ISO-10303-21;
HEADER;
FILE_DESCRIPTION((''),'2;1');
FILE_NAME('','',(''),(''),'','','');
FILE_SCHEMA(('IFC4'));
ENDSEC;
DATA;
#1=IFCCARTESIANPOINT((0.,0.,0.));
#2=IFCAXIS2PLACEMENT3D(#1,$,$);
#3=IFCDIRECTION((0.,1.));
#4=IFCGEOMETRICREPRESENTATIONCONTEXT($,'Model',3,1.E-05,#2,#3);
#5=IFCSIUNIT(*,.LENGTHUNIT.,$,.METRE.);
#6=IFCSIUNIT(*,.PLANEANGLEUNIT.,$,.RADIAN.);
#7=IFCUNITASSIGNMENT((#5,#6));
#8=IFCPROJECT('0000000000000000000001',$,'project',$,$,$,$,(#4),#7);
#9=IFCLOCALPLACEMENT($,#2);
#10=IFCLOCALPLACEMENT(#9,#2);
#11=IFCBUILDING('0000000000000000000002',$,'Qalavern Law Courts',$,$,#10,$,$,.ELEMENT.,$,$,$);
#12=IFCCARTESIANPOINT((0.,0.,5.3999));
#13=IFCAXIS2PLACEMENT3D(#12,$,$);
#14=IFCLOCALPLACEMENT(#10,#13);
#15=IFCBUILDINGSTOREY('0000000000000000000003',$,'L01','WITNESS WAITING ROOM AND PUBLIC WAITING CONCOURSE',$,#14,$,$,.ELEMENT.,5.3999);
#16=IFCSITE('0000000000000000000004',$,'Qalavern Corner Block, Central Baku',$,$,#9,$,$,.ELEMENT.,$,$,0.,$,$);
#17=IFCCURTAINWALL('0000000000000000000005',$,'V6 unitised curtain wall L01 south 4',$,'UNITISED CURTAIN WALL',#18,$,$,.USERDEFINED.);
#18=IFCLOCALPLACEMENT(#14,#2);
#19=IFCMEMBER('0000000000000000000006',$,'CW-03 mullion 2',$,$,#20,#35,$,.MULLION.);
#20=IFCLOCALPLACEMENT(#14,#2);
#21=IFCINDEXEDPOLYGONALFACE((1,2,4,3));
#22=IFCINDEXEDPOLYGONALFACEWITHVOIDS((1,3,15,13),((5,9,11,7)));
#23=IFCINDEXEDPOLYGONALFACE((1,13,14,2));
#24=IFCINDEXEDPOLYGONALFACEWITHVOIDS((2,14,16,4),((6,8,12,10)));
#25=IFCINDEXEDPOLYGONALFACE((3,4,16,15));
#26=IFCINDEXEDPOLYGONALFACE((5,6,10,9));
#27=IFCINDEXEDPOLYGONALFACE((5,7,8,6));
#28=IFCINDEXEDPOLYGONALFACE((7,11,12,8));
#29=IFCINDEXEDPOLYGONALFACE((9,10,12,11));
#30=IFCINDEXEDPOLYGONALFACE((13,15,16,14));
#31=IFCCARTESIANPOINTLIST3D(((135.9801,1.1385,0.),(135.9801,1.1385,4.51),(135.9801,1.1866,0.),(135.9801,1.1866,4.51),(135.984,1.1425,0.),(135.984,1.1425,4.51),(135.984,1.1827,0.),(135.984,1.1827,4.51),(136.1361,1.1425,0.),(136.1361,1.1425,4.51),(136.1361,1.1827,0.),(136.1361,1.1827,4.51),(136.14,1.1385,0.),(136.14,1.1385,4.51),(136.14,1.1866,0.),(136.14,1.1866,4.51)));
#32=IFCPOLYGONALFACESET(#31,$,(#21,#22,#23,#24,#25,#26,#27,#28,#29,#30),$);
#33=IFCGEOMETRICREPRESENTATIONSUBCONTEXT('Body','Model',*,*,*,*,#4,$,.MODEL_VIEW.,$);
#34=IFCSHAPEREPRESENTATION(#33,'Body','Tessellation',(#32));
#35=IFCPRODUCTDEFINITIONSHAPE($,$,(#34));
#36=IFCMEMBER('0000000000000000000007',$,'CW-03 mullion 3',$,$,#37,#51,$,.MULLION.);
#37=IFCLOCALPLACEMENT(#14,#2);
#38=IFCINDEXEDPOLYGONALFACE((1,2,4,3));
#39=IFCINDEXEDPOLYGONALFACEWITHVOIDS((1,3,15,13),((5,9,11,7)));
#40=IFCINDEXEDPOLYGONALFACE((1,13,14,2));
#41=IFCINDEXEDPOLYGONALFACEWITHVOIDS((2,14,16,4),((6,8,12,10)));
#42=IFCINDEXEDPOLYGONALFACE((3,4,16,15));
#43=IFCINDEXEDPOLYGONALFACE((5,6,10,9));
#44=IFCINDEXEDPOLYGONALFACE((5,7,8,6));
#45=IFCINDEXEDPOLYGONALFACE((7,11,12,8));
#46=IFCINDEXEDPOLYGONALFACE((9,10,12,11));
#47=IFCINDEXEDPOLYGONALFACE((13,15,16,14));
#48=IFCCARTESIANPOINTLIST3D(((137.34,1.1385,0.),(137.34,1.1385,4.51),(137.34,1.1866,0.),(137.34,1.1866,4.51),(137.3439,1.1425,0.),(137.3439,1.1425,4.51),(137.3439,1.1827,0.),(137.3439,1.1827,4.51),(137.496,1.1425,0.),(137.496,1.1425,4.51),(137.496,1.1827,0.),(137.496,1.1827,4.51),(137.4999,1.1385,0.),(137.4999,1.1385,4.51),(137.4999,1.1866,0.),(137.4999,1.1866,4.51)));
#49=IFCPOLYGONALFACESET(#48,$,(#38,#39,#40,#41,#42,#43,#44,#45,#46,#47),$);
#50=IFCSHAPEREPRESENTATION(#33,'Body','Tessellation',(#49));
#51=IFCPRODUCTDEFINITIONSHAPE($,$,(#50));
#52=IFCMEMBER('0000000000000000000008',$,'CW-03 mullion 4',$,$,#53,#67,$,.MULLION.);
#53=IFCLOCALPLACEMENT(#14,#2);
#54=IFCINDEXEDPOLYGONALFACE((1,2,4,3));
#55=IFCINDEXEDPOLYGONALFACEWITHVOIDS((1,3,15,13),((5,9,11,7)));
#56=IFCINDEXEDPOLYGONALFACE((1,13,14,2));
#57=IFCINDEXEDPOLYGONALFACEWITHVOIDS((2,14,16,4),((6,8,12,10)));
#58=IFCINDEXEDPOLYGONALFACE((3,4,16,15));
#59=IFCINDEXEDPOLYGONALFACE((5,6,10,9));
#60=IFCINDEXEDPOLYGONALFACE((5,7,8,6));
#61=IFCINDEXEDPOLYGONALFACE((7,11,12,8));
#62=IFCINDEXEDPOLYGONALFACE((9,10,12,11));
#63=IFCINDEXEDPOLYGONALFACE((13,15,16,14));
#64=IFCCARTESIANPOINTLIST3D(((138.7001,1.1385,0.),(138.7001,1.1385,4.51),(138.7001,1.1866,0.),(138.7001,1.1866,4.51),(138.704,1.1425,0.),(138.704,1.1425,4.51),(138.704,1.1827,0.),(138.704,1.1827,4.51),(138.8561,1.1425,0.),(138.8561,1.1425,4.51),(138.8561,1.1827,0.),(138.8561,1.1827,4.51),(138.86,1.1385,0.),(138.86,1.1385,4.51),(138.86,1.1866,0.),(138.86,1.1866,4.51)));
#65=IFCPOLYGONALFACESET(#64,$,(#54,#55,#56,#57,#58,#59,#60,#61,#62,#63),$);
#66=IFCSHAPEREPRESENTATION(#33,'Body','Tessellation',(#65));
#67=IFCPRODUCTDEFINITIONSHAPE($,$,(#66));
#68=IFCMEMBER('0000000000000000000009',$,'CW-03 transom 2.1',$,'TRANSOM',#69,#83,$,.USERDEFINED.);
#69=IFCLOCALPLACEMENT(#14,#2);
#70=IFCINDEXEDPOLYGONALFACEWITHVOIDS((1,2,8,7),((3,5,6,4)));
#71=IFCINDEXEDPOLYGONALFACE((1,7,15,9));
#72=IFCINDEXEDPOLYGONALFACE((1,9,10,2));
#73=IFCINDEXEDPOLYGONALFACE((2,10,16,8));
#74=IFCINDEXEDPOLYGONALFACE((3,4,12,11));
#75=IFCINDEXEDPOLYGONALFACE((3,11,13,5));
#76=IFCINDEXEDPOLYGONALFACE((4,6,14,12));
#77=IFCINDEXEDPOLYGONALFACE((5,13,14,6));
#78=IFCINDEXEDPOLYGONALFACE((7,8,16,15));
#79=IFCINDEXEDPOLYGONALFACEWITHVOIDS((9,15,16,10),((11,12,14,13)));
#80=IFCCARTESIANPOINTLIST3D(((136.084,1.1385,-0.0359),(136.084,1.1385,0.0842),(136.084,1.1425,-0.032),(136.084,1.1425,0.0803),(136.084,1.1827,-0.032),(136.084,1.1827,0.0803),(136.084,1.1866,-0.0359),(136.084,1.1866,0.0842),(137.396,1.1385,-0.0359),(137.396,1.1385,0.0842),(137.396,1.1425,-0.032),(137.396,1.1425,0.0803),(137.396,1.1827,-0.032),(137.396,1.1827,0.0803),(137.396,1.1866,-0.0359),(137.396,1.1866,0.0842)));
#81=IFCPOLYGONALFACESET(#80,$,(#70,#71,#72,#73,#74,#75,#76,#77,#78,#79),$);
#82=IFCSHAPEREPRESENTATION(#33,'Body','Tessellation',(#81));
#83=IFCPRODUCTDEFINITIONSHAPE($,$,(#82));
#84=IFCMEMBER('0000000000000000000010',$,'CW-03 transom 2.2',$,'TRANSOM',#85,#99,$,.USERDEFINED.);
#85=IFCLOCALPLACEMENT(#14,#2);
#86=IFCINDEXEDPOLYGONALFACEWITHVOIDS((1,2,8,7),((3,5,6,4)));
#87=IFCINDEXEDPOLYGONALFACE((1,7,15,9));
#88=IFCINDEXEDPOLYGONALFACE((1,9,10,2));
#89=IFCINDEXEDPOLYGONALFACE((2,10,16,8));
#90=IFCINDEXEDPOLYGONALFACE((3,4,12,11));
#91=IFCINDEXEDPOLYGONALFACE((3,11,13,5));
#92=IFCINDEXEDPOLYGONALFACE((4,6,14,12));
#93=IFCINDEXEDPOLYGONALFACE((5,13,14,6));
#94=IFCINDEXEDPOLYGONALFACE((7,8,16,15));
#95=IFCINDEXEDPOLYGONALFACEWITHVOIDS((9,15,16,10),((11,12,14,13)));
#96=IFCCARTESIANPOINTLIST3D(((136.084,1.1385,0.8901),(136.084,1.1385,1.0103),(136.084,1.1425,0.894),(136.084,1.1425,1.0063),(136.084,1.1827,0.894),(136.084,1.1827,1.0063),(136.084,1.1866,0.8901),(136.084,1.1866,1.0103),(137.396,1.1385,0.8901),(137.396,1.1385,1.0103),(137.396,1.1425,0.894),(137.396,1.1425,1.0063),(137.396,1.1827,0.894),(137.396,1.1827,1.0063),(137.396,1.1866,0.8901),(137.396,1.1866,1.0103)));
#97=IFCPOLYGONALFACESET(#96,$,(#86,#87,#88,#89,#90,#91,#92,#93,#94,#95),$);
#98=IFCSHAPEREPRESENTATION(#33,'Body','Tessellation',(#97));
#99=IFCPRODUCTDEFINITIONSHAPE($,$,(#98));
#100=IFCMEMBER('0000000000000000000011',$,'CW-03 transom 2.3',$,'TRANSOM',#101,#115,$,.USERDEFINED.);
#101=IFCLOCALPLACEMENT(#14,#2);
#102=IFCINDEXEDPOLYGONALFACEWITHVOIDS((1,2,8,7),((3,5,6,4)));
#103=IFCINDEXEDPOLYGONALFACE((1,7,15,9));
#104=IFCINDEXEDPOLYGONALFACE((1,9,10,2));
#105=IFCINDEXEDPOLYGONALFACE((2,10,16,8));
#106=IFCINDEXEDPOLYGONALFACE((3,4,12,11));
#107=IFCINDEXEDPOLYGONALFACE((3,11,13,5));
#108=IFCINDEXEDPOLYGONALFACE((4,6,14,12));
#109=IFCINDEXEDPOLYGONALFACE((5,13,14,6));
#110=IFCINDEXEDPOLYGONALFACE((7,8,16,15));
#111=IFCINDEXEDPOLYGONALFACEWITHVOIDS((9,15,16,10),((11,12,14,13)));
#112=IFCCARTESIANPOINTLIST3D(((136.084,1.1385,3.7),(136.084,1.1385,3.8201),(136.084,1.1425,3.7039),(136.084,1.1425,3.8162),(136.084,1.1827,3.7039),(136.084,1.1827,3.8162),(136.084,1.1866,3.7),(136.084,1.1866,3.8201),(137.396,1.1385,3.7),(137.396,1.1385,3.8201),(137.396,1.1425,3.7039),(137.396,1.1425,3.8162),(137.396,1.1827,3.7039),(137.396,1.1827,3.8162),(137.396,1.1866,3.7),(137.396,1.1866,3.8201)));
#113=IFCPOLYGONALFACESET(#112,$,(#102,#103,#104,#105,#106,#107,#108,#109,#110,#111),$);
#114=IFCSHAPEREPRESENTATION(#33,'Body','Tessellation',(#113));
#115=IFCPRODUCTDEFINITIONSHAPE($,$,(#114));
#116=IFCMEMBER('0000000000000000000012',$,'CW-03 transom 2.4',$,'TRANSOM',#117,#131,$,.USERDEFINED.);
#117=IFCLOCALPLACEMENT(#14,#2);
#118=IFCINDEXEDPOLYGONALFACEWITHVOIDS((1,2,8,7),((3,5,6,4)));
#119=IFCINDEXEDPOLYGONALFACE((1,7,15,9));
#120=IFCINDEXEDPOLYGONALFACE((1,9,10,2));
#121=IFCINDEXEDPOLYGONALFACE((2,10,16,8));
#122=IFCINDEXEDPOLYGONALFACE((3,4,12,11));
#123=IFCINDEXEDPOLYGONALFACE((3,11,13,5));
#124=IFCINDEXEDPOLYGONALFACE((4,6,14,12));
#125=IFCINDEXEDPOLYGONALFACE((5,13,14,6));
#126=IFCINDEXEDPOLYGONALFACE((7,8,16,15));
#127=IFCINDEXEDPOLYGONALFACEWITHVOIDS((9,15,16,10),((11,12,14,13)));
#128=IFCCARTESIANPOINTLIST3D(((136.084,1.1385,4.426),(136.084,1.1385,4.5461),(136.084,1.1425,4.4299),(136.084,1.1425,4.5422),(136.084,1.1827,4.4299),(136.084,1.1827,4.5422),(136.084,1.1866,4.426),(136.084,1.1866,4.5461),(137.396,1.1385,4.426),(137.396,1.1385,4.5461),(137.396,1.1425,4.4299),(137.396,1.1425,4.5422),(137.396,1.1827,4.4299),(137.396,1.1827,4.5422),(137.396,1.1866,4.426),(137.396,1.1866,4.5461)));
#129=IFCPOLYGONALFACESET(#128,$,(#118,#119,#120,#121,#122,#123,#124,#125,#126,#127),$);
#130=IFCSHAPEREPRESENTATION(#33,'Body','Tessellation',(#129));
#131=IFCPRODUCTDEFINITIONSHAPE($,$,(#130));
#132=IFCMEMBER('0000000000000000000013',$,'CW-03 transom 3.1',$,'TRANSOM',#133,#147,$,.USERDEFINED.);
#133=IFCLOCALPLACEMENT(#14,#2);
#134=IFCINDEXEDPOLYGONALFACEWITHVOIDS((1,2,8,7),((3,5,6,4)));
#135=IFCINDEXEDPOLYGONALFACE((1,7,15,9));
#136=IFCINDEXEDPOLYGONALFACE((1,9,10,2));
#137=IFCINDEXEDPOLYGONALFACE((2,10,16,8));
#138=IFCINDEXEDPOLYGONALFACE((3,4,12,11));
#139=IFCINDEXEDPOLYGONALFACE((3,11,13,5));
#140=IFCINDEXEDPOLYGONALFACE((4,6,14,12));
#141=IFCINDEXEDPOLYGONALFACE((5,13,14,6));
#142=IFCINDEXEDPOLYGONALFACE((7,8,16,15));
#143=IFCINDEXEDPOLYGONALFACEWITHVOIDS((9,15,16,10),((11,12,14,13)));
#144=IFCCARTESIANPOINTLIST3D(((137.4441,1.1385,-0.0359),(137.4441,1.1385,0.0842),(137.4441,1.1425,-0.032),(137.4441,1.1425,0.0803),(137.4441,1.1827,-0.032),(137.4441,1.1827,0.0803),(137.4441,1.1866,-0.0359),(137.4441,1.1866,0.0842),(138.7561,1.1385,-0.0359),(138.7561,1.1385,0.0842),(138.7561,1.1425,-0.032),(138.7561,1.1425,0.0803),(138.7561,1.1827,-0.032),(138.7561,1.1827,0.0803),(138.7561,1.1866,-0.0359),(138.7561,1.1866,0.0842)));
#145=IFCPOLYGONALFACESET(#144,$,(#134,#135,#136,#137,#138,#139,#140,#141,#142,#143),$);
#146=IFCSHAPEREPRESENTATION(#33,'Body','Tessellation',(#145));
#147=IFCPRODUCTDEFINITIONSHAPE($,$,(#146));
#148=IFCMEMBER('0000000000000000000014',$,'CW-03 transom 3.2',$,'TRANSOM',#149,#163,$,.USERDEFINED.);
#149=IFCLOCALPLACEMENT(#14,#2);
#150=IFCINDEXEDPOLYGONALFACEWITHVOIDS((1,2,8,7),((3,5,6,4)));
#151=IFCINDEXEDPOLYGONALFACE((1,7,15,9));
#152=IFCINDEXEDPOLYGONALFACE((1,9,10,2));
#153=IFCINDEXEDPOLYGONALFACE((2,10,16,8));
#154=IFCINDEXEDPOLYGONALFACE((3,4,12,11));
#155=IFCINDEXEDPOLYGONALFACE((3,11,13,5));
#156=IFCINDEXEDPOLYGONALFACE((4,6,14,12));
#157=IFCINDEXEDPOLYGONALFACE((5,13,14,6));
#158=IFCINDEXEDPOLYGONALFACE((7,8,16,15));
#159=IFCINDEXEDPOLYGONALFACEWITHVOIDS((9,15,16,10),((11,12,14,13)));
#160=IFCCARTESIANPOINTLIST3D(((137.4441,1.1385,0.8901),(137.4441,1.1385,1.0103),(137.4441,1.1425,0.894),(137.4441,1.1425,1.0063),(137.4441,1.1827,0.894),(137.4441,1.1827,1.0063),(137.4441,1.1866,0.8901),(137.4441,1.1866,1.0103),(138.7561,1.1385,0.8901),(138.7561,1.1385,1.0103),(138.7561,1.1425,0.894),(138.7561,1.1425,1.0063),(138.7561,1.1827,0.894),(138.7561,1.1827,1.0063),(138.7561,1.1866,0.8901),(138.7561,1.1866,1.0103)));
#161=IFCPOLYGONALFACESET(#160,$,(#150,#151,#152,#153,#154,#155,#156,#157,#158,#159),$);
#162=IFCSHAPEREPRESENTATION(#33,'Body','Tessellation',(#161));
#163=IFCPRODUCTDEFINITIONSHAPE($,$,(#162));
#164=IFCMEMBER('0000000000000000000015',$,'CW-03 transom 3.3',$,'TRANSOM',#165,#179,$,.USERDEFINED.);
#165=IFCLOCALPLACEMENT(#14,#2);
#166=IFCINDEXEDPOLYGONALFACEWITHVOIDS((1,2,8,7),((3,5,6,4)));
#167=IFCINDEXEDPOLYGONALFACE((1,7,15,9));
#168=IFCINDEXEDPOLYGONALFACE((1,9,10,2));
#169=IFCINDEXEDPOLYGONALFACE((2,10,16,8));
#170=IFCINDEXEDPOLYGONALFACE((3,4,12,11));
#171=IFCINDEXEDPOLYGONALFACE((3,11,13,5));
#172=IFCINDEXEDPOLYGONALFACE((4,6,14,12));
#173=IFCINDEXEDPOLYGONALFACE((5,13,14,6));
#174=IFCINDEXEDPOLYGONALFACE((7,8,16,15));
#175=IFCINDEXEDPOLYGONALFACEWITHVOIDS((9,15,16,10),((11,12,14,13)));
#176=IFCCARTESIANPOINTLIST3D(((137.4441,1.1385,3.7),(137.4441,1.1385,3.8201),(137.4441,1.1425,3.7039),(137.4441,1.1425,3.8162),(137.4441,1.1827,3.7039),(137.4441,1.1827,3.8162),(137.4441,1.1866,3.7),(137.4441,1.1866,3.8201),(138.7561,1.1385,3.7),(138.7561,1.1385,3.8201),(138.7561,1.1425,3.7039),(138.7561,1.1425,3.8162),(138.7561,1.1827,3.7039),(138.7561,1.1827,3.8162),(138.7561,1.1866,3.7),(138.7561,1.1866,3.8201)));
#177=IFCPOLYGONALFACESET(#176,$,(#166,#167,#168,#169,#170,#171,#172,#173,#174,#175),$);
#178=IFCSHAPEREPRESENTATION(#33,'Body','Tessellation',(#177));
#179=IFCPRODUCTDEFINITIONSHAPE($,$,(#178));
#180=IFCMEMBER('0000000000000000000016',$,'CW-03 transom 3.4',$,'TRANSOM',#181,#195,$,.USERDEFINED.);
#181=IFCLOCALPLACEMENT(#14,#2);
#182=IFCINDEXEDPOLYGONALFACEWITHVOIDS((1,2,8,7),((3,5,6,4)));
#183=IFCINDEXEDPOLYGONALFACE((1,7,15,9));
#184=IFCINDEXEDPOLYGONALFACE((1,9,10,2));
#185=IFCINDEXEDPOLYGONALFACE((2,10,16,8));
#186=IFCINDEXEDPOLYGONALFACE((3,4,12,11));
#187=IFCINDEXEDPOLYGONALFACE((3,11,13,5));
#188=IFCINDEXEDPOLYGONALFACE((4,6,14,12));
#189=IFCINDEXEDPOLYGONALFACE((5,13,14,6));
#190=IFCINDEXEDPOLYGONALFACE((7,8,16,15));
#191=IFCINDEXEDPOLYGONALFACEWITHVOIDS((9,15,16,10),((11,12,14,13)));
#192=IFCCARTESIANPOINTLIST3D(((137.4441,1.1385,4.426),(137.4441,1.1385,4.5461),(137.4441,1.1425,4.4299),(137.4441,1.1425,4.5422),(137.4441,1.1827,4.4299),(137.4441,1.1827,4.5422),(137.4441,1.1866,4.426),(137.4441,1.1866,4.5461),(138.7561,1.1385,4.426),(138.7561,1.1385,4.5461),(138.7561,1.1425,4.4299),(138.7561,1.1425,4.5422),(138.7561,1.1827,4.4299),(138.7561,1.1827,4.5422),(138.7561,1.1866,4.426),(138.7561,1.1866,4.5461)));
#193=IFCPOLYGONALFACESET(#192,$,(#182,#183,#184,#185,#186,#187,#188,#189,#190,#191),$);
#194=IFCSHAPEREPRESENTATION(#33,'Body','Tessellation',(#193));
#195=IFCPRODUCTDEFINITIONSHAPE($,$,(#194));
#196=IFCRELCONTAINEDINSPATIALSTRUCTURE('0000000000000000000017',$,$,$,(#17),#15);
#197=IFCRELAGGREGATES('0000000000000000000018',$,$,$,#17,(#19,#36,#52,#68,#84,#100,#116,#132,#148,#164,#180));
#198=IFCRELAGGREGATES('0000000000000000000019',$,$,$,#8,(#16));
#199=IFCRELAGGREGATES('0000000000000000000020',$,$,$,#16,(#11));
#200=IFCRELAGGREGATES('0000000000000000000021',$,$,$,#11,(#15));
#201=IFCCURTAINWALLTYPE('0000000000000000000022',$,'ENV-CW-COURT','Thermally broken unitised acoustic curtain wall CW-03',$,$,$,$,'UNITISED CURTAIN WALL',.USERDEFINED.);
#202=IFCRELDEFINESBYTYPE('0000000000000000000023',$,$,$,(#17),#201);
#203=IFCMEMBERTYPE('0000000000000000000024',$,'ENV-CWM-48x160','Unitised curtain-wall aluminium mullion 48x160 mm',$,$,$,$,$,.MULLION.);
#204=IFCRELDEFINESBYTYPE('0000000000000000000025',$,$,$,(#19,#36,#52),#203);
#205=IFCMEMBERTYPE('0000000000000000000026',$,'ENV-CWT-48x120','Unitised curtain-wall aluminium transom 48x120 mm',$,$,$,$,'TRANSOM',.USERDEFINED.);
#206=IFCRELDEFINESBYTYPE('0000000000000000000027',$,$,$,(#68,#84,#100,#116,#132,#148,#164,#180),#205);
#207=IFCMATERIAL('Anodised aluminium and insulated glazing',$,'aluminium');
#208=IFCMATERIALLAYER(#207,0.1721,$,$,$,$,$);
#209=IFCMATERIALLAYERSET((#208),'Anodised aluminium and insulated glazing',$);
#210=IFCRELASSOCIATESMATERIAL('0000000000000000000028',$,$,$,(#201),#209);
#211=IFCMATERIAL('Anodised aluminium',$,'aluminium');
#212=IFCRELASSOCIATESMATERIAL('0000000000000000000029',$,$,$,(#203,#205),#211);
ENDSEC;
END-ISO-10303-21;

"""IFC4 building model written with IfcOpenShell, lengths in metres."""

from ifc_helpers import new_model, si_unit, direction, frame, origin, origin_2d, place, context, subcontext, project, spatial, hollow_rectangle, extrude, material, layer, layer_set, material_profile, profile_set, type_object, element, aggregate, save


model = new_model("IFC4")

# Units and contexts
model_context = context("Model", 3, precision=1e-05, world=origin(), true_north=direction((0.0, 1.0)))
body_context = subcontext(model_context, "Body", "Model", "MODEL_VIEW")
ifc_project = project(units=[si_unit("LENGTHUNIT", "METRE"), si_unit("PLANEANGLEUNIT", "RADIAN")], contexts=[model_context])

# Site, building, storey
site_placement = place(None, origin())
site = spatial("IfcSite", under=ifc_project, at=site_placement, Name="Qalavern Corner Block, Central Baku", CompositionType="ELEMENT", RefElevation=0.0)
building_placement = place(site_placement, origin())
building = spatial("IfcBuilding", under=site, at=building_placement, Name="Qalavern Law Courts", CompositionType="ELEMENT")
storey_placement = place(building_placement, frame((0.0, 0.0, 5.3999)))
storey = spatial("IfcBuildingStorey", under=building, at=storey_placement, Name="L01", Description="WITNESS WAITING ROOM AND PUBLIC WAITING CONCOURSE", CompositionType="ELEMENT", Elevation=5.3999)

# Curtain wall, members
ifc_material_1 = material(Name="Anodised aluminium and insulated glazing", Category="aluminium")
ifc_layer_1 = layer(ifc_material_1, 0.1721)
ifc_layer_set_1 = layer_set([ifc_layer_1], Name="Anodised aluminium and insulated glazing")
curtain_wall_type = type_object("IfcCurtainWallType", Name="ENV-CW-COURT", Description="Thermally broken unitised acoustic curtain wall CW-03", ElementType="UNITISED CURTAIN WALL", PredefinedType="USERDEFINED", material=ifc_layer_set_1)
curtain_wall_placement = place(storey_placement, origin())
curtain_wall = element("IfcCurtainWall", 1, at=curtain_wall_placement, inside=storey, type_object=curtain_wall_type, Name="V6 unitised curtain wall L01 south 4", ObjectType="UNITISED CURTAIN WALL", PredefinedType="USERDEFINED")
ifc_material_2 = material(Name="Anodised aluminium", Category="aluminium")
ifc_material_profile_1 = material_profile(ifc_material_2, hollow_rectangle(XDim=0.0481, YDim=0.1599, WallThickness=0.0039, at=origin_2d()), Name="ALU MULLION 48x160")
ifc_profile_set_1 = profile_set([ifc_material_profile_1], Name="Anodised aluminium")
member_type_1 = type_object("IfcMemberType", Name="ENV-CWM-48x160", Description="Unitised curtain-wall aluminium mullion 48x160 mm", PredefinedType="MULLION", material=ifc_profile_set_1)
member_1_placement = place(storey_placement, frame((136.0601, 1.1626, 0.0), z_axis=(0.0, 0.0, 1.0), x_axis=(0.0, 1.0, 0.0)))
member_1 = element("IfcMember", 2, at=member_1_placement, type_object=member_type_1, Name="CW-03 mullion 2", PredefinedType="MULLION", context=body_context, shape_type="SweptSolid", body=[
    extrude(hollow_rectangle(XDim=0.0481, YDim=0.1599, WallThickness=0.0039, at=origin_2d()), origin(), (0.0, 0.0, 1.0), 4.51),
])
member_2_placement = place(storey_placement, frame((137.4199, 1.1626, 0.0), z_axis=(0.0, 0.0, 1.0), x_axis=(0.0, 1.0, 0.0)))
member_2 = element("IfcMember", 3, at=member_2_placement, type_object=member_type_1, Name="CW-03 mullion 3", PredefinedType="MULLION", context=body_context, shape_type="SweptSolid", body=[
    extrude(hollow_rectangle(XDim=0.0481, YDim=0.1599, WallThickness=0.0039, at=origin_2d()), origin(), (0.0, 0.0, 1.0), 4.51),
])
member_3_placement = place(storey_placement, frame((138.78, 1.1626, 0.0), z_axis=(0.0, 0.0, 1.0), x_axis=(0.0, 1.0, 0.0)))
member_3 = element("IfcMember", 4, at=member_3_placement, type_object=member_type_1, Name="CW-03 mullion 4", PredefinedType="MULLION", context=body_context, shape_type="SweptSolid", body=[
    extrude(hollow_rectangle(XDim=0.0481, YDim=0.1599, WallThickness=0.0039, at=origin_2d()), origin(), (0.0, 0.0, 1.0), 4.51),
])
ifc_material_profile_2 = material_profile(ifc_material_2, hollow_rectangle(XDim=0.0481, YDim=0.1201, WallThickness=0.0039, at=origin_2d()), Name="ALU TRANSOM 48x120")
ifc_profile_set_2 = profile_set([ifc_material_profile_2], Name="Anodised aluminium")
member_type_2 = type_object("IfcMemberType", Name="ENV-CWT-48x120", Description="Unitised curtain-wall aluminium transom 48x120 mm", ElementType="TRANSOM", PredefinedType="USERDEFINED", material=ifc_profile_set_2)
member_4_placement = place(storey_placement, frame((136.084, 1.1626, 0.0242), z_axis=(1.0, 0.0, 0.0), x_axis=(0.0, 1.0, 0.0)))
member_4 = element("IfcMember", 5, at=member_4_placement, type_object=member_type_2, Name="CW-03 transom 2.1", ObjectType="TRANSOM", PredefinedType="USERDEFINED", context=body_context, shape_type="SweptSolid", body=[
    extrude(hollow_rectangle(XDim=0.0481, YDim=0.1201, WallThickness=0.0039, at=origin_2d()), origin(), (0.0, 0.0, 1.0), 1.312),
])
member_5_placement = place(storey_placement, frame((136.084, 1.1626, 0.9502), z_axis=(1.0, 0.0, 0.0), x_axis=(0.0, 1.0, 0.0)))
member_5 = element("IfcMember", 6, at=member_5_placement, type_object=member_type_2, Name="CW-03 transom 2.2", ObjectType="TRANSOM", PredefinedType="USERDEFINED", context=body_context, shape_type="SweptSolid", body=[
    extrude(hollow_rectangle(XDim=0.0481, YDim=0.1201, WallThickness=0.0039, at=origin_2d()), origin(), (0.0, 0.0, 1.0), 1.312),
])
member_6_placement = place(storey_placement, frame((136.084, 1.1626, 3.76), z_axis=(1.0, 0.0, 0.0), x_axis=(0.0, 1.0, 0.0)))
member_6 = element("IfcMember", 7, at=member_6_placement, type_object=member_type_2, Name="CW-03 transom 2.3", ObjectType="TRANSOM", PredefinedType="USERDEFINED", context=body_context, shape_type="SweptSolid", body=[
    extrude(hollow_rectangle(XDim=0.0481, YDim=0.1201, WallThickness=0.0039, at=origin_2d()), origin(), (0.0, 0.0, 1.0), 1.312),
])
member_7_placement = place(storey_placement, frame((136.084, 1.1626, 4.4861), z_axis=(1.0, 0.0, 0.0), x_axis=(0.0, 1.0, 0.0)))
member_7 = element("IfcMember", 8, at=member_7_placement, type_object=member_type_2, Name="CW-03 transom 2.4", ObjectType="TRANSOM", PredefinedType="USERDEFINED", context=body_context, shape_type="SweptSolid", body=[
    extrude(hollow_rectangle(XDim=0.0481, YDim=0.1201, WallThickness=0.0039, at=origin_2d()), origin(), (0.0, 0.0, 1.0), 1.312),
])
member_8_placement = place(storey_placement, frame((137.4441, 1.1626, 0.0242), z_axis=(1.0, 0.0, 0.0), x_axis=(0.0, 1.0, 0.0)))
member_8 = element("IfcMember", 9, at=member_8_placement, type_object=member_type_2, Name="CW-03 transom 3.1", ObjectType="TRANSOM", PredefinedType="USERDEFINED", context=body_context, shape_type="SweptSolid", body=[
    extrude(hollow_rectangle(XDim=0.0481, YDim=0.1201, WallThickness=0.0039, at=origin_2d()), origin(), (0.0, 0.0, 1.0), 1.312),
])
member_9_placement = place(storey_placement, frame((137.4441, 1.1626, 0.9502), z_axis=(1.0, 0.0, 0.0), x_axis=(0.0, 1.0, 0.0)))
member_9 = element("IfcMember", 10, at=member_9_placement, type_object=member_type_2, Name="CW-03 transom 3.2", ObjectType="TRANSOM", PredefinedType="USERDEFINED", context=body_context, shape_type="SweptSolid", body=[
    extrude(hollow_rectangle(XDim=0.0481, YDim=0.1201, WallThickness=0.0039, at=origin_2d()), origin(), (0.0, 0.0, 1.0), 1.312),
])
member_10_placement = place(storey_placement, frame((137.4441, 1.1626, 3.76), z_axis=(1.0, 0.0, 0.0), x_axis=(0.0, 1.0, 0.0)))
member_10 = element("IfcMember", 11, at=member_10_placement, type_object=member_type_2, Name="CW-03 transom 3.3", ObjectType="TRANSOM", PredefinedType="USERDEFINED", context=body_context, shape_type="SweptSolid", body=[
    extrude(hollow_rectangle(XDim=0.0481, YDim=0.1201, WallThickness=0.0039, at=origin_2d()), origin(), (0.0, 0.0, 1.0), 1.312),
])
member_11_placement = place(storey_placement, frame((137.4441, 1.1626, 4.4861), z_axis=(1.0, 0.0, 0.0), x_axis=(0.0, 1.0, 0.0)))
member_11 = element("IfcMember", 12, at=member_11_placement, type_object=member_type_2, Name="CW-03 transom 3.4", ObjectType="TRANSOM", PredefinedType="USERDEFINED", context=body_context, shape_type="SweptSolid", body=[
    extrude(hollow_rectangle(XDim=0.0481, YDim=0.1201, WallThickness=0.0039, at=origin_2d()), origin(), (0.0, 0.0, 1.0), 1.312),
])
aggregate(curtain_wall, [member_1, member_2, member_3, member_4, member_5, member_6, member_7, member_8, member_9, member_10, member_11])

save(model, "model.ifc")
